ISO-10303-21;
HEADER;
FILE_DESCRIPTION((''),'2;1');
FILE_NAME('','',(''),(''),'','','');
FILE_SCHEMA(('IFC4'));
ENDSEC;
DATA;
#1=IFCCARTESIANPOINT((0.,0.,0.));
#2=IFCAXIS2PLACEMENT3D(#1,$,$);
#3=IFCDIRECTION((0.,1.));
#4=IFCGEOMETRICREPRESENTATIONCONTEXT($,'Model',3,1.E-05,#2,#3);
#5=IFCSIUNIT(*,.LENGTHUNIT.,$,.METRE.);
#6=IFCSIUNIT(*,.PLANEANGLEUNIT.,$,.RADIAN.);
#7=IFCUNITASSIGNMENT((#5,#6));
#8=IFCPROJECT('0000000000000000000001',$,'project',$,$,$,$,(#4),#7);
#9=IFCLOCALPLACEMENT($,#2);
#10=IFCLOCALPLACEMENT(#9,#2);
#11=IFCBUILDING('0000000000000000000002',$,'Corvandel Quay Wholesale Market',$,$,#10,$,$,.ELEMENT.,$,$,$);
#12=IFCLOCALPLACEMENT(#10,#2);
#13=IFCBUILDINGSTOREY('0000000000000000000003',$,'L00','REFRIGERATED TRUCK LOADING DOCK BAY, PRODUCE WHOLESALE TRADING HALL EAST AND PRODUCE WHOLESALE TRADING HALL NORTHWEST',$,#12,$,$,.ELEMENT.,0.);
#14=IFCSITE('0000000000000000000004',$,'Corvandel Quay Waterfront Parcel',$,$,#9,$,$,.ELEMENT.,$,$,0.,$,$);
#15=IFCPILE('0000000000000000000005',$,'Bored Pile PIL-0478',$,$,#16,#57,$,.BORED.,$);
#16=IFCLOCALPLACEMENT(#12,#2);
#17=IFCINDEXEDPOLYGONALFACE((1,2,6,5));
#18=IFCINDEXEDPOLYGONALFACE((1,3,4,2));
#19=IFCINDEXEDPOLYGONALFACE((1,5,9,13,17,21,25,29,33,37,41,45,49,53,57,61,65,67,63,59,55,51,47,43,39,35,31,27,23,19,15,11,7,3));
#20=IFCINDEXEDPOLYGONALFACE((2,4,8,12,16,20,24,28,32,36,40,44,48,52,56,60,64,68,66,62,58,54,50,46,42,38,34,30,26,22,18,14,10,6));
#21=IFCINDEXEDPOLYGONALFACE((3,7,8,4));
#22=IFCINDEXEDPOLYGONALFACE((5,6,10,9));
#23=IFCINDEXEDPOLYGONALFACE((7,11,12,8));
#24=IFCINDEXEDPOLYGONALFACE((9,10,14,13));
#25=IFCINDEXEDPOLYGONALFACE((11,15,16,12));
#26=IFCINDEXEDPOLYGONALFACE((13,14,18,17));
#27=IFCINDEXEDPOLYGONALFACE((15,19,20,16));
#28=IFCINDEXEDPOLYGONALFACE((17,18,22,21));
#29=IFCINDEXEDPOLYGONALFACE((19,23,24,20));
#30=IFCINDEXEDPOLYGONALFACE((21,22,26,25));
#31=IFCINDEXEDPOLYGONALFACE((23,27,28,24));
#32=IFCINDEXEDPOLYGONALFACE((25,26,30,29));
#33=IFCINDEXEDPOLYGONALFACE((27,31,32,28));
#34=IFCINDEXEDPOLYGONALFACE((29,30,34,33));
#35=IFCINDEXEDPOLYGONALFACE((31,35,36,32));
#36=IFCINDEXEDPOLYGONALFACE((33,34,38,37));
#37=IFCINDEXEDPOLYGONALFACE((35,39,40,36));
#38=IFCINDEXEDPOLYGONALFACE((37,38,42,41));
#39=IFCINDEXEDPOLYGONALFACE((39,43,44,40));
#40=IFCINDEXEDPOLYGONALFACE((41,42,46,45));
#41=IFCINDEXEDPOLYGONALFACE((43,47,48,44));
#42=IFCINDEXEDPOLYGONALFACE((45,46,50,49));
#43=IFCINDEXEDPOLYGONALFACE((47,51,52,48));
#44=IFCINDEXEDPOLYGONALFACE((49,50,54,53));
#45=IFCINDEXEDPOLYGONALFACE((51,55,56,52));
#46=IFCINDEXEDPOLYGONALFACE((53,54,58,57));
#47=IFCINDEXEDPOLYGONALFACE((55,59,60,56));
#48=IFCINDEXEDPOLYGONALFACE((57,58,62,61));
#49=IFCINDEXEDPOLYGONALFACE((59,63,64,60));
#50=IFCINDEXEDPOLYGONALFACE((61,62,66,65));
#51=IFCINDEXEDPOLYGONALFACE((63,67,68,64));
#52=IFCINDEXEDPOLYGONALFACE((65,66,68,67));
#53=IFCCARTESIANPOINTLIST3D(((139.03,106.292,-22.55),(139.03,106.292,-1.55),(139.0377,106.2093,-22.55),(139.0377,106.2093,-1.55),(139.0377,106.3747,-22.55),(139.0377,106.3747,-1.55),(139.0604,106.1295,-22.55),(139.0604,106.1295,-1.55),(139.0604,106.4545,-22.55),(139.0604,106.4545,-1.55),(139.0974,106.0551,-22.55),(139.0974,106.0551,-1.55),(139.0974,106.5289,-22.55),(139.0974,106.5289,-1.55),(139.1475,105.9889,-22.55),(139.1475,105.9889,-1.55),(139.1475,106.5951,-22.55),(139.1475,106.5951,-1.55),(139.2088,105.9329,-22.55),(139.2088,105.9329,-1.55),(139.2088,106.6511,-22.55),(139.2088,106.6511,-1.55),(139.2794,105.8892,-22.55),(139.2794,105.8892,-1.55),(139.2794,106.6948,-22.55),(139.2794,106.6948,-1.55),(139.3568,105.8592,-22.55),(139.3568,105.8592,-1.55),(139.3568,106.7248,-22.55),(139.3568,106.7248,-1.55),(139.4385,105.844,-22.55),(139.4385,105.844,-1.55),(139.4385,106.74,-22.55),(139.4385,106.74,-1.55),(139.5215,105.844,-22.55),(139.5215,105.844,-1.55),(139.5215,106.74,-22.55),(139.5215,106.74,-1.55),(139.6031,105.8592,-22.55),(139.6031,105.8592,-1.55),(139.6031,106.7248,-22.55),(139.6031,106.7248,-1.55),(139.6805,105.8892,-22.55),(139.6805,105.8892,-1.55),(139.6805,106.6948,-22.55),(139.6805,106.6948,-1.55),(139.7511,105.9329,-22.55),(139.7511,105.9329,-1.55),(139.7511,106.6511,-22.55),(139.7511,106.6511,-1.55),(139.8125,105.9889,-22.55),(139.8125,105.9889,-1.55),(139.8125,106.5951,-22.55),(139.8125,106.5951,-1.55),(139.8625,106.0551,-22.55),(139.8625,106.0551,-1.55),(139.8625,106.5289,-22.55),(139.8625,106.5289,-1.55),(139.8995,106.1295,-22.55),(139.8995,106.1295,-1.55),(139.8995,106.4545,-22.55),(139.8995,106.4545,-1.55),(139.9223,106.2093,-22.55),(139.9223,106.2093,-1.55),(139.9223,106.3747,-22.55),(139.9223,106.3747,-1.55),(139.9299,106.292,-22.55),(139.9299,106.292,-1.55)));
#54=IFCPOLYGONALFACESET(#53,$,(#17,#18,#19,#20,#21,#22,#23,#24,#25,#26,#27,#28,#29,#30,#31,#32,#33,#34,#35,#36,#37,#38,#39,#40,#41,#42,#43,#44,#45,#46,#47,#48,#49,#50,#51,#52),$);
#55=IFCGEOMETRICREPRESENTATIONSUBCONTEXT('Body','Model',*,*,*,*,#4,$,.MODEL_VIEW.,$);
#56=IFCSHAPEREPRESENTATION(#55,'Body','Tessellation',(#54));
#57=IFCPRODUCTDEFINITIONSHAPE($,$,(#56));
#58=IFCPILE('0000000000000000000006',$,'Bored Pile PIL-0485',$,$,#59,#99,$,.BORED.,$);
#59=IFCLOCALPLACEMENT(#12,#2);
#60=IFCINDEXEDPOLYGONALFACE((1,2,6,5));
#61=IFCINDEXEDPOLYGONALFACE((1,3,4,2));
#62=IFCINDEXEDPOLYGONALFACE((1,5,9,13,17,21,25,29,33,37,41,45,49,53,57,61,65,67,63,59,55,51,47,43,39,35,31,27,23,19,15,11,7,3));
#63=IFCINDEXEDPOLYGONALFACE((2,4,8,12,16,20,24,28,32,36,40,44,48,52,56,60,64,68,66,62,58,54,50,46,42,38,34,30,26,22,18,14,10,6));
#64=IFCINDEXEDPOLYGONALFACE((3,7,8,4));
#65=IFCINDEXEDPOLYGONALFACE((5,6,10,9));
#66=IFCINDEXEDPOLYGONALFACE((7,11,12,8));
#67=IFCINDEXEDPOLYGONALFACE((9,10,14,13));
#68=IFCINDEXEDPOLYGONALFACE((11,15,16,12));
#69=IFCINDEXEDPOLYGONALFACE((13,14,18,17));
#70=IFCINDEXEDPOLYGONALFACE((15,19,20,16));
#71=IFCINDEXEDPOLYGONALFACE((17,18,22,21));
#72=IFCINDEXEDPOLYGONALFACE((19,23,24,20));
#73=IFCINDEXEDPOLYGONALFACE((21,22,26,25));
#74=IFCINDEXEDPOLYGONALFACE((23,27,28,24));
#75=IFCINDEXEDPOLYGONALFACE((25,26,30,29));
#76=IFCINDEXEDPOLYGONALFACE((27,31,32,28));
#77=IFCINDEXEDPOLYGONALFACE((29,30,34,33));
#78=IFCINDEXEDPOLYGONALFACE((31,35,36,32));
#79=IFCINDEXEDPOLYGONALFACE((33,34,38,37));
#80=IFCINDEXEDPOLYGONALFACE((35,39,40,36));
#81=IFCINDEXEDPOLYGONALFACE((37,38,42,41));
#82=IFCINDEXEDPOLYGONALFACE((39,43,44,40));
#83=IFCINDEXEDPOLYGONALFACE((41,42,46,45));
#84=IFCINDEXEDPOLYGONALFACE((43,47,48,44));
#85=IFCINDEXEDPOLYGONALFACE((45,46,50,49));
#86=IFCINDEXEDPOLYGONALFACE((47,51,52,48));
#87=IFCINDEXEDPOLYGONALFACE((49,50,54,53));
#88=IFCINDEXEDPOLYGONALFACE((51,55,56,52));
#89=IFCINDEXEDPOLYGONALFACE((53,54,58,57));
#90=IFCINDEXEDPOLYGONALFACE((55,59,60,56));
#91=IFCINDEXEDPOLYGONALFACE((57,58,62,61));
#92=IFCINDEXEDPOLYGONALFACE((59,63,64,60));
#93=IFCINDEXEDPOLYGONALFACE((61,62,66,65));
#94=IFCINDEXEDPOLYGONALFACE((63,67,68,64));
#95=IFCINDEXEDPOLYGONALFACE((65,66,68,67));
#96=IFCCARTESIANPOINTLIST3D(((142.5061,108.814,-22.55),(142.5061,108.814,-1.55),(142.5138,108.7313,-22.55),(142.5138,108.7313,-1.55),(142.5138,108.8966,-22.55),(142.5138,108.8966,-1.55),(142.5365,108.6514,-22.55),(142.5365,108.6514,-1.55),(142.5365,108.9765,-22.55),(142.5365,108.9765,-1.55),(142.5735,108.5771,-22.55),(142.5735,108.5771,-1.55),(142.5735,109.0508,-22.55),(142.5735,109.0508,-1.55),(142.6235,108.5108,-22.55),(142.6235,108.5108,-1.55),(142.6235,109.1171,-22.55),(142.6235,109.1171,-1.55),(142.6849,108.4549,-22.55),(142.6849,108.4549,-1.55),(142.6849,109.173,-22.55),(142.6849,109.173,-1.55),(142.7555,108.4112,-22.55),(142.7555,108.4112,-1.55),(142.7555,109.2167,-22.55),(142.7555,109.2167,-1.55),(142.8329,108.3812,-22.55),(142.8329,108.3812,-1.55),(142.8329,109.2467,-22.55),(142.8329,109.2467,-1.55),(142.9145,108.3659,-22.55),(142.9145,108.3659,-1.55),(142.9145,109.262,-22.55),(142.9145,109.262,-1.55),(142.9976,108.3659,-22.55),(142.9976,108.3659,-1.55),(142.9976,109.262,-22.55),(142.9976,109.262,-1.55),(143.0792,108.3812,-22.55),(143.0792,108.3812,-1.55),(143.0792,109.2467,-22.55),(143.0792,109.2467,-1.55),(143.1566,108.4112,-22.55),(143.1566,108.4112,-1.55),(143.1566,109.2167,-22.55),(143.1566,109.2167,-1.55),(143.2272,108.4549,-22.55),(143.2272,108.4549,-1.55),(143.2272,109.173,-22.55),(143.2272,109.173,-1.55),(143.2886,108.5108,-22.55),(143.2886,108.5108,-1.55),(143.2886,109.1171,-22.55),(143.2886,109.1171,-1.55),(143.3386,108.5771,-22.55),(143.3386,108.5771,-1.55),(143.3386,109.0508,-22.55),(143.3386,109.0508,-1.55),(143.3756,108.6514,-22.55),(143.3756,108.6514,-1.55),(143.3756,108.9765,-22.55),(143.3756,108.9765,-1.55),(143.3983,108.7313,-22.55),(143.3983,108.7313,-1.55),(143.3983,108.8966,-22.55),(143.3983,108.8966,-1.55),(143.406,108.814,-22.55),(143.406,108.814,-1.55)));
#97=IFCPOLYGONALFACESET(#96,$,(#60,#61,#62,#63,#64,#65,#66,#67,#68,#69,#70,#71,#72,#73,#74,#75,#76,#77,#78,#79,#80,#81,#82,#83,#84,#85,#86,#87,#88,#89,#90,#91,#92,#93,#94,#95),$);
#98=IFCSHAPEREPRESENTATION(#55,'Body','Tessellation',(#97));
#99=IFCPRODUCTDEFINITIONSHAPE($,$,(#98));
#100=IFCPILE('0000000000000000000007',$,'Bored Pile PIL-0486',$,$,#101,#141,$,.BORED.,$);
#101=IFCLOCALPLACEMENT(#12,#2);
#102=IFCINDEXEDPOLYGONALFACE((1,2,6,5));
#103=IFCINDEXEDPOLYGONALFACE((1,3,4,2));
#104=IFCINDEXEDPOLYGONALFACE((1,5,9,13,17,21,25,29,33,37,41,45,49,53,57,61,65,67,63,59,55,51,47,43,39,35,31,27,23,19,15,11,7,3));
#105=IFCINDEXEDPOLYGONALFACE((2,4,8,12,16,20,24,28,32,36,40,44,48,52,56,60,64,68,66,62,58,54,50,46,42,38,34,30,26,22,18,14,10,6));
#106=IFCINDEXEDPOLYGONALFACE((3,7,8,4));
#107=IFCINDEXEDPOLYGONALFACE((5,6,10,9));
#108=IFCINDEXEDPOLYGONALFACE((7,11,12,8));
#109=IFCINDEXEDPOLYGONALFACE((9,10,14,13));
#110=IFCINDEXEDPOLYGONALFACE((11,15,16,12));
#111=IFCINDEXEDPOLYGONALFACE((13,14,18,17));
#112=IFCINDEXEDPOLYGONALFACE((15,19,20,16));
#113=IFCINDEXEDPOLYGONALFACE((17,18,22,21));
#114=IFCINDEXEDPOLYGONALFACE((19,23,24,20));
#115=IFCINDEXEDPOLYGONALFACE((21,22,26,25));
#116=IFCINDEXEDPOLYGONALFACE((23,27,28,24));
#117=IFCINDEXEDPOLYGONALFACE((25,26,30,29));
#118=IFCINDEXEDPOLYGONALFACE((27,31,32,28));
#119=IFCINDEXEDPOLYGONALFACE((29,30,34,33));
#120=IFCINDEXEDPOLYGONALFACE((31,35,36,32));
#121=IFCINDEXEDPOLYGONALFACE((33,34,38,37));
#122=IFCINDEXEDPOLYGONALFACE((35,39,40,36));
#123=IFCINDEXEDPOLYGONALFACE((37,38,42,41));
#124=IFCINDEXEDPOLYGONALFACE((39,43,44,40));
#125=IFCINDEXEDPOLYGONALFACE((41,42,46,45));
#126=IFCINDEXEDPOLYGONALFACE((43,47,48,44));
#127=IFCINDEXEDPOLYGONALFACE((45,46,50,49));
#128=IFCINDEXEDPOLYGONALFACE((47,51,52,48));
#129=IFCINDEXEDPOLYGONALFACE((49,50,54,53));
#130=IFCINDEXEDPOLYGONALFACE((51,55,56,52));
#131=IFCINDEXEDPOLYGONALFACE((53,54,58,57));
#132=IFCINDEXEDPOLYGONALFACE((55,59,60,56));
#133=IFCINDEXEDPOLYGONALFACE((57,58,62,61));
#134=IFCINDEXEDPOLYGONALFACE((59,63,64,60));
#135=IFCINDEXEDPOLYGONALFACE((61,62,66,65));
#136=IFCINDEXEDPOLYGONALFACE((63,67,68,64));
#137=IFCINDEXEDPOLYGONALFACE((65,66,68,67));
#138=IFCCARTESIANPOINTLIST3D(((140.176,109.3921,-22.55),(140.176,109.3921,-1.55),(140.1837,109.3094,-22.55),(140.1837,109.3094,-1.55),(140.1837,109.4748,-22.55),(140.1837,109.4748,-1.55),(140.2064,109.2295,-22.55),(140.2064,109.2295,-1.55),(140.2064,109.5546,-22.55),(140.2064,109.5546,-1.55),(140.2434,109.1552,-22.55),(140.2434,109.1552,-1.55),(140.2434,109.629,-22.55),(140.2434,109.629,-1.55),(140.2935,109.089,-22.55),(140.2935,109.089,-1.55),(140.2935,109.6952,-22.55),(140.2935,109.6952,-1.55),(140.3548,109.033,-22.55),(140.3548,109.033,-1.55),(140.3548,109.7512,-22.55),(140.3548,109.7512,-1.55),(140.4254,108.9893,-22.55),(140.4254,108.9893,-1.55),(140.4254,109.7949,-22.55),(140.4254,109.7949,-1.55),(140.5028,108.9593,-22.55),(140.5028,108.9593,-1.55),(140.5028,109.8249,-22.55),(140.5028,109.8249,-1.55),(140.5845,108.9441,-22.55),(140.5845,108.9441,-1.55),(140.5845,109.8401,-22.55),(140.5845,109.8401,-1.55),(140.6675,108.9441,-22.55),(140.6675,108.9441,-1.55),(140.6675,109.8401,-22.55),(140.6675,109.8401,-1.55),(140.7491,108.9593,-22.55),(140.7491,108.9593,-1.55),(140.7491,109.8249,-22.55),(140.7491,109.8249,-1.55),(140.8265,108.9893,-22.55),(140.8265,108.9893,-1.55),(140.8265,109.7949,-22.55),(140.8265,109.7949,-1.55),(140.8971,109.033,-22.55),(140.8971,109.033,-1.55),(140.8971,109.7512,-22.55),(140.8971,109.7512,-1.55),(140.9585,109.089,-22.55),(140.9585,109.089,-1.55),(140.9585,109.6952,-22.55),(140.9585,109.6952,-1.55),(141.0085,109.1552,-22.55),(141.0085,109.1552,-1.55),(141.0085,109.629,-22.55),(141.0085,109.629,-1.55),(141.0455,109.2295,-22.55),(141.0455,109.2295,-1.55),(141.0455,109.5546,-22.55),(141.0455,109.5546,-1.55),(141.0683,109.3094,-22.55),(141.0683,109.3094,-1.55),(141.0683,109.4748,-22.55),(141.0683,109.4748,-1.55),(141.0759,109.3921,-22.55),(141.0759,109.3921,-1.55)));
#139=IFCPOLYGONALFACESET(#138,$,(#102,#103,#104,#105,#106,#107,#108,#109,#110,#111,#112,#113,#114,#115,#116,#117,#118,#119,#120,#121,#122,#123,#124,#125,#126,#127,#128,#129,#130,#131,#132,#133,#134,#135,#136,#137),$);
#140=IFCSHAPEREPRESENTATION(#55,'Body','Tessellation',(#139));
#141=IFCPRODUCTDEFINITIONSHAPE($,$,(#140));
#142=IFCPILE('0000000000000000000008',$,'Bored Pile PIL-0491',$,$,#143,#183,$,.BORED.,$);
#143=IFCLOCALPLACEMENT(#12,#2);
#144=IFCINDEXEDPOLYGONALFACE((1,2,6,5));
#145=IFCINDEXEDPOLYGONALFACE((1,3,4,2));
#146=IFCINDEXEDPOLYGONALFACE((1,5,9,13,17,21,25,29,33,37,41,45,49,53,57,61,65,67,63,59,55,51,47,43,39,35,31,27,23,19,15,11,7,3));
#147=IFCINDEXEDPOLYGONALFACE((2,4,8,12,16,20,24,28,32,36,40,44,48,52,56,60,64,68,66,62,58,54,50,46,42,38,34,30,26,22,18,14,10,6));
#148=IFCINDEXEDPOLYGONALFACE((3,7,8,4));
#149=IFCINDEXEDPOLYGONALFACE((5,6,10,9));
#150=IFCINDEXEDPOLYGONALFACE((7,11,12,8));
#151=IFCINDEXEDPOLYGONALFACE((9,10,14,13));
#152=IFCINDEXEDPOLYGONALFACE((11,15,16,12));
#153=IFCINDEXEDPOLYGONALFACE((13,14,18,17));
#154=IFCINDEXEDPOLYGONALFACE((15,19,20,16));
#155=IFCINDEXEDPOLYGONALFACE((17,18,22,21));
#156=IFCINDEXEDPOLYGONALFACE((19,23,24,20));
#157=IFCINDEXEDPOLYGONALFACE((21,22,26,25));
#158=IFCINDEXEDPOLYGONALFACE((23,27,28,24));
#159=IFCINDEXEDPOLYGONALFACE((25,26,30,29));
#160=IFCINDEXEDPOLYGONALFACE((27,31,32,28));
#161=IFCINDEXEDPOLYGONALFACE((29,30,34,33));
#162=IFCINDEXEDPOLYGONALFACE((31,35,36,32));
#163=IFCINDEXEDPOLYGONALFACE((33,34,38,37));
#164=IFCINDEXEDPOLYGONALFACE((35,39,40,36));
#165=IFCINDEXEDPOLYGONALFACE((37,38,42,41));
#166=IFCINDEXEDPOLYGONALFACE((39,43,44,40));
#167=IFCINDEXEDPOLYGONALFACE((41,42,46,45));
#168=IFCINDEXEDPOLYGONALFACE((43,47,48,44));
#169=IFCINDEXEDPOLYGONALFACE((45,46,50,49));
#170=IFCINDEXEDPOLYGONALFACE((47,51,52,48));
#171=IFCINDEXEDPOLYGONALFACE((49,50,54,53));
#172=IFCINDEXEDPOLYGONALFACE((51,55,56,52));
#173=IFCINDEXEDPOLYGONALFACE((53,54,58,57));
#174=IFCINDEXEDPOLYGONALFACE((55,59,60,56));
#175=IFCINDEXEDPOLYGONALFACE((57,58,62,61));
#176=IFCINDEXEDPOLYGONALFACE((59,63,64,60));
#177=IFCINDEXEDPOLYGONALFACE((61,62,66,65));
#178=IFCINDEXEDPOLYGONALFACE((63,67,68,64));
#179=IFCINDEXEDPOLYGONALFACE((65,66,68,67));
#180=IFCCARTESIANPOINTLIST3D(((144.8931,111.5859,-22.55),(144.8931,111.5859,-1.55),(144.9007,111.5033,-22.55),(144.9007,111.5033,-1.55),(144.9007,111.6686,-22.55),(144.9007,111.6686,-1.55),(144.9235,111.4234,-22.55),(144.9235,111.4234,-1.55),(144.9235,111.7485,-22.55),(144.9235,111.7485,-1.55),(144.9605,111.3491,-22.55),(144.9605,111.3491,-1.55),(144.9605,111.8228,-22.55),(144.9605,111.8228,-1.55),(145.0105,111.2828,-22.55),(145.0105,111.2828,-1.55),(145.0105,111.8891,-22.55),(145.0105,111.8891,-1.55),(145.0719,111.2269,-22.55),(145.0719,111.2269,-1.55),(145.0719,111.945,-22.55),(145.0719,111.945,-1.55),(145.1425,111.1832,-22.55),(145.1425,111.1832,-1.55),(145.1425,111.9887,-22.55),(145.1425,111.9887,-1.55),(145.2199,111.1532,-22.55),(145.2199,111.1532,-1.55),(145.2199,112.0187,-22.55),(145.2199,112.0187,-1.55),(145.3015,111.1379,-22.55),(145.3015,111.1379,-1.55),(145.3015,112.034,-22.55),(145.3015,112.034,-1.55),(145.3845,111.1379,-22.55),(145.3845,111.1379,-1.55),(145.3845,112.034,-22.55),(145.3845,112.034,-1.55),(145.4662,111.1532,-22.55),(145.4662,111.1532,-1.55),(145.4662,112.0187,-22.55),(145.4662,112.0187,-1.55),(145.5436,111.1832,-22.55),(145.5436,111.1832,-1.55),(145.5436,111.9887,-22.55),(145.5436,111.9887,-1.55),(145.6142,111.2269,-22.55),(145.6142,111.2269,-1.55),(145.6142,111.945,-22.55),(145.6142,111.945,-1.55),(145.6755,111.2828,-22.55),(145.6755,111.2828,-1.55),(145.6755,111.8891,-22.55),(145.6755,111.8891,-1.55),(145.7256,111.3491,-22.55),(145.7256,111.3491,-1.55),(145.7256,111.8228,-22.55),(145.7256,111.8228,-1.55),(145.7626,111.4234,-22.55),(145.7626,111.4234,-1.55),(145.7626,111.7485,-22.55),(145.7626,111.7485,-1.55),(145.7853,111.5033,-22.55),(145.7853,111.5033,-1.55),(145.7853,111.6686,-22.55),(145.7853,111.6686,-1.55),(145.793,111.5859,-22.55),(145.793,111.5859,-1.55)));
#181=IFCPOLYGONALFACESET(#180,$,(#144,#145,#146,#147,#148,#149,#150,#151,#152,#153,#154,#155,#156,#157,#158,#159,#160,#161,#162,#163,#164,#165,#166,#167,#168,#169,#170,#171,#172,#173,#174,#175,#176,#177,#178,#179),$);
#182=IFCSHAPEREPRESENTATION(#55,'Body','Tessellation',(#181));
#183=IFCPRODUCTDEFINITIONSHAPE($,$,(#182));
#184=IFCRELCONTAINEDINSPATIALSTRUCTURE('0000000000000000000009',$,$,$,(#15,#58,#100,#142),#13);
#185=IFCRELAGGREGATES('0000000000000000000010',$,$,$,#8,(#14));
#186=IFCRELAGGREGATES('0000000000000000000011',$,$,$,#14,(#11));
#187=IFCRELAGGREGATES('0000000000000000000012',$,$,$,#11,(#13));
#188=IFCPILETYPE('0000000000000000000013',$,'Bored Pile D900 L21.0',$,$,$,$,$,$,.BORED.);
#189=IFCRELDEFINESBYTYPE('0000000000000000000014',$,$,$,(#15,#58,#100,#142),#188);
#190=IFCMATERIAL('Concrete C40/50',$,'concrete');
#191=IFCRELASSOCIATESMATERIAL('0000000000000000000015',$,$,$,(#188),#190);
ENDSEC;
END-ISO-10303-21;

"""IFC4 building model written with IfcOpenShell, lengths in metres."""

from ifc_helpers import new_model, si_unit, direction, frame, origin, origin_2d, place, context, subcontext, project, spatial, circle, extrude, material, material_profile, profile_set, type_object, element, save


model = new_model("IFC4")

# Units and contexts
model_context = context("Model", 3, precision=1e-05, world=origin(), true_north=direction((0.0, 1.0)))
body_context = subcontext(model_context, "Body", "Model", "MODEL_VIEW")
ifc_project = project(units=[si_unit("LENGTHUNIT", "METRE"), si_unit("PLANEANGLEUNIT", "RADIAN")], contexts=[model_context])

# Site, building, storey
site_placement = place(None, origin())
site = spatial("IfcSite", under=ifc_project, at=site_placement, Name="Corvandel Quay Waterfront Parcel", CompositionType="ELEMENT", RefElevation=0.0)
building_placement = place(site_placement, origin())
building = spatial("IfcBuilding", under=site, at=building_placement, Name="Corvandel Quay Wholesale Market", CompositionType="ELEMENT")
storey_placement = place(building_placement, origin())
storey = spatial("IfcBuildingStorey", under=building, at=storey_placement, Name="L00", Description="REFRIGERATED TRUCK LOADING DOCK BAY, PRODUCE WHOLESALE TRADING HALL EAST AND PRODUCE WHOLESALE TRADING HALL NORTHWEST", CompositionType="ELEMENT", Elevation=0.0)

# Piles
ifc_material_1 = material(Name="Concrete C40/50", Category="concrete")
ifc_material_profile_1 = material_profile(ifc_material_1, circle(Radius=0.45, at=origin_2d()), Name="RC-PILE-D900")
ifc_profile_set_1 = profile_set([ifc_material_profile_1], Name="Concrete C40/50")
pile_type = type_object("IfcPileType", Name="Bored Pile D900 L21.0", PredefinedType="BORED", material=ifc_profile_set_1)
for number, where, z_axis, x_axis, name in (
    (1, (139.48, 106.292, -1.55), (0.0, 0.0, -1.0), (1.0, 0.0, 0.0), "Bored Pile PIL-0478"),
    (2, (142.9561, 108.814, -1.55), (0.0, 0.0, -1.0), (1.0, 0.0, 0.0), "Bored Pile PIL-0485"),
    (3, (140.626, 109.3921, -1.55), (0.0, 0.0, -1.0), (1.0, 0.0, 0.0), "Bored Pile PIL-0486"),
    (4, (145.343, 111.5859, -1.55), (0.0, 0.0, -1.0), (1.0, 0.0, 0.0), "Bored Pile PIL-0491"),
):
    element("IfcPile", number, at=place(storey_placement, frame(where, z_axis=z_axis, x_axis=x_axis)), inside=storey, type_object=pile_type, Name=name, PredefinedType="BORED", context=body_context, shape_type="SweptSolid", body=[
        extrude(circle(Radius=0.45, at=origin_2d()), origin(), (0.0, 0.0, 1.0), 21.0),
    ])

save(model, "model.ifc")
